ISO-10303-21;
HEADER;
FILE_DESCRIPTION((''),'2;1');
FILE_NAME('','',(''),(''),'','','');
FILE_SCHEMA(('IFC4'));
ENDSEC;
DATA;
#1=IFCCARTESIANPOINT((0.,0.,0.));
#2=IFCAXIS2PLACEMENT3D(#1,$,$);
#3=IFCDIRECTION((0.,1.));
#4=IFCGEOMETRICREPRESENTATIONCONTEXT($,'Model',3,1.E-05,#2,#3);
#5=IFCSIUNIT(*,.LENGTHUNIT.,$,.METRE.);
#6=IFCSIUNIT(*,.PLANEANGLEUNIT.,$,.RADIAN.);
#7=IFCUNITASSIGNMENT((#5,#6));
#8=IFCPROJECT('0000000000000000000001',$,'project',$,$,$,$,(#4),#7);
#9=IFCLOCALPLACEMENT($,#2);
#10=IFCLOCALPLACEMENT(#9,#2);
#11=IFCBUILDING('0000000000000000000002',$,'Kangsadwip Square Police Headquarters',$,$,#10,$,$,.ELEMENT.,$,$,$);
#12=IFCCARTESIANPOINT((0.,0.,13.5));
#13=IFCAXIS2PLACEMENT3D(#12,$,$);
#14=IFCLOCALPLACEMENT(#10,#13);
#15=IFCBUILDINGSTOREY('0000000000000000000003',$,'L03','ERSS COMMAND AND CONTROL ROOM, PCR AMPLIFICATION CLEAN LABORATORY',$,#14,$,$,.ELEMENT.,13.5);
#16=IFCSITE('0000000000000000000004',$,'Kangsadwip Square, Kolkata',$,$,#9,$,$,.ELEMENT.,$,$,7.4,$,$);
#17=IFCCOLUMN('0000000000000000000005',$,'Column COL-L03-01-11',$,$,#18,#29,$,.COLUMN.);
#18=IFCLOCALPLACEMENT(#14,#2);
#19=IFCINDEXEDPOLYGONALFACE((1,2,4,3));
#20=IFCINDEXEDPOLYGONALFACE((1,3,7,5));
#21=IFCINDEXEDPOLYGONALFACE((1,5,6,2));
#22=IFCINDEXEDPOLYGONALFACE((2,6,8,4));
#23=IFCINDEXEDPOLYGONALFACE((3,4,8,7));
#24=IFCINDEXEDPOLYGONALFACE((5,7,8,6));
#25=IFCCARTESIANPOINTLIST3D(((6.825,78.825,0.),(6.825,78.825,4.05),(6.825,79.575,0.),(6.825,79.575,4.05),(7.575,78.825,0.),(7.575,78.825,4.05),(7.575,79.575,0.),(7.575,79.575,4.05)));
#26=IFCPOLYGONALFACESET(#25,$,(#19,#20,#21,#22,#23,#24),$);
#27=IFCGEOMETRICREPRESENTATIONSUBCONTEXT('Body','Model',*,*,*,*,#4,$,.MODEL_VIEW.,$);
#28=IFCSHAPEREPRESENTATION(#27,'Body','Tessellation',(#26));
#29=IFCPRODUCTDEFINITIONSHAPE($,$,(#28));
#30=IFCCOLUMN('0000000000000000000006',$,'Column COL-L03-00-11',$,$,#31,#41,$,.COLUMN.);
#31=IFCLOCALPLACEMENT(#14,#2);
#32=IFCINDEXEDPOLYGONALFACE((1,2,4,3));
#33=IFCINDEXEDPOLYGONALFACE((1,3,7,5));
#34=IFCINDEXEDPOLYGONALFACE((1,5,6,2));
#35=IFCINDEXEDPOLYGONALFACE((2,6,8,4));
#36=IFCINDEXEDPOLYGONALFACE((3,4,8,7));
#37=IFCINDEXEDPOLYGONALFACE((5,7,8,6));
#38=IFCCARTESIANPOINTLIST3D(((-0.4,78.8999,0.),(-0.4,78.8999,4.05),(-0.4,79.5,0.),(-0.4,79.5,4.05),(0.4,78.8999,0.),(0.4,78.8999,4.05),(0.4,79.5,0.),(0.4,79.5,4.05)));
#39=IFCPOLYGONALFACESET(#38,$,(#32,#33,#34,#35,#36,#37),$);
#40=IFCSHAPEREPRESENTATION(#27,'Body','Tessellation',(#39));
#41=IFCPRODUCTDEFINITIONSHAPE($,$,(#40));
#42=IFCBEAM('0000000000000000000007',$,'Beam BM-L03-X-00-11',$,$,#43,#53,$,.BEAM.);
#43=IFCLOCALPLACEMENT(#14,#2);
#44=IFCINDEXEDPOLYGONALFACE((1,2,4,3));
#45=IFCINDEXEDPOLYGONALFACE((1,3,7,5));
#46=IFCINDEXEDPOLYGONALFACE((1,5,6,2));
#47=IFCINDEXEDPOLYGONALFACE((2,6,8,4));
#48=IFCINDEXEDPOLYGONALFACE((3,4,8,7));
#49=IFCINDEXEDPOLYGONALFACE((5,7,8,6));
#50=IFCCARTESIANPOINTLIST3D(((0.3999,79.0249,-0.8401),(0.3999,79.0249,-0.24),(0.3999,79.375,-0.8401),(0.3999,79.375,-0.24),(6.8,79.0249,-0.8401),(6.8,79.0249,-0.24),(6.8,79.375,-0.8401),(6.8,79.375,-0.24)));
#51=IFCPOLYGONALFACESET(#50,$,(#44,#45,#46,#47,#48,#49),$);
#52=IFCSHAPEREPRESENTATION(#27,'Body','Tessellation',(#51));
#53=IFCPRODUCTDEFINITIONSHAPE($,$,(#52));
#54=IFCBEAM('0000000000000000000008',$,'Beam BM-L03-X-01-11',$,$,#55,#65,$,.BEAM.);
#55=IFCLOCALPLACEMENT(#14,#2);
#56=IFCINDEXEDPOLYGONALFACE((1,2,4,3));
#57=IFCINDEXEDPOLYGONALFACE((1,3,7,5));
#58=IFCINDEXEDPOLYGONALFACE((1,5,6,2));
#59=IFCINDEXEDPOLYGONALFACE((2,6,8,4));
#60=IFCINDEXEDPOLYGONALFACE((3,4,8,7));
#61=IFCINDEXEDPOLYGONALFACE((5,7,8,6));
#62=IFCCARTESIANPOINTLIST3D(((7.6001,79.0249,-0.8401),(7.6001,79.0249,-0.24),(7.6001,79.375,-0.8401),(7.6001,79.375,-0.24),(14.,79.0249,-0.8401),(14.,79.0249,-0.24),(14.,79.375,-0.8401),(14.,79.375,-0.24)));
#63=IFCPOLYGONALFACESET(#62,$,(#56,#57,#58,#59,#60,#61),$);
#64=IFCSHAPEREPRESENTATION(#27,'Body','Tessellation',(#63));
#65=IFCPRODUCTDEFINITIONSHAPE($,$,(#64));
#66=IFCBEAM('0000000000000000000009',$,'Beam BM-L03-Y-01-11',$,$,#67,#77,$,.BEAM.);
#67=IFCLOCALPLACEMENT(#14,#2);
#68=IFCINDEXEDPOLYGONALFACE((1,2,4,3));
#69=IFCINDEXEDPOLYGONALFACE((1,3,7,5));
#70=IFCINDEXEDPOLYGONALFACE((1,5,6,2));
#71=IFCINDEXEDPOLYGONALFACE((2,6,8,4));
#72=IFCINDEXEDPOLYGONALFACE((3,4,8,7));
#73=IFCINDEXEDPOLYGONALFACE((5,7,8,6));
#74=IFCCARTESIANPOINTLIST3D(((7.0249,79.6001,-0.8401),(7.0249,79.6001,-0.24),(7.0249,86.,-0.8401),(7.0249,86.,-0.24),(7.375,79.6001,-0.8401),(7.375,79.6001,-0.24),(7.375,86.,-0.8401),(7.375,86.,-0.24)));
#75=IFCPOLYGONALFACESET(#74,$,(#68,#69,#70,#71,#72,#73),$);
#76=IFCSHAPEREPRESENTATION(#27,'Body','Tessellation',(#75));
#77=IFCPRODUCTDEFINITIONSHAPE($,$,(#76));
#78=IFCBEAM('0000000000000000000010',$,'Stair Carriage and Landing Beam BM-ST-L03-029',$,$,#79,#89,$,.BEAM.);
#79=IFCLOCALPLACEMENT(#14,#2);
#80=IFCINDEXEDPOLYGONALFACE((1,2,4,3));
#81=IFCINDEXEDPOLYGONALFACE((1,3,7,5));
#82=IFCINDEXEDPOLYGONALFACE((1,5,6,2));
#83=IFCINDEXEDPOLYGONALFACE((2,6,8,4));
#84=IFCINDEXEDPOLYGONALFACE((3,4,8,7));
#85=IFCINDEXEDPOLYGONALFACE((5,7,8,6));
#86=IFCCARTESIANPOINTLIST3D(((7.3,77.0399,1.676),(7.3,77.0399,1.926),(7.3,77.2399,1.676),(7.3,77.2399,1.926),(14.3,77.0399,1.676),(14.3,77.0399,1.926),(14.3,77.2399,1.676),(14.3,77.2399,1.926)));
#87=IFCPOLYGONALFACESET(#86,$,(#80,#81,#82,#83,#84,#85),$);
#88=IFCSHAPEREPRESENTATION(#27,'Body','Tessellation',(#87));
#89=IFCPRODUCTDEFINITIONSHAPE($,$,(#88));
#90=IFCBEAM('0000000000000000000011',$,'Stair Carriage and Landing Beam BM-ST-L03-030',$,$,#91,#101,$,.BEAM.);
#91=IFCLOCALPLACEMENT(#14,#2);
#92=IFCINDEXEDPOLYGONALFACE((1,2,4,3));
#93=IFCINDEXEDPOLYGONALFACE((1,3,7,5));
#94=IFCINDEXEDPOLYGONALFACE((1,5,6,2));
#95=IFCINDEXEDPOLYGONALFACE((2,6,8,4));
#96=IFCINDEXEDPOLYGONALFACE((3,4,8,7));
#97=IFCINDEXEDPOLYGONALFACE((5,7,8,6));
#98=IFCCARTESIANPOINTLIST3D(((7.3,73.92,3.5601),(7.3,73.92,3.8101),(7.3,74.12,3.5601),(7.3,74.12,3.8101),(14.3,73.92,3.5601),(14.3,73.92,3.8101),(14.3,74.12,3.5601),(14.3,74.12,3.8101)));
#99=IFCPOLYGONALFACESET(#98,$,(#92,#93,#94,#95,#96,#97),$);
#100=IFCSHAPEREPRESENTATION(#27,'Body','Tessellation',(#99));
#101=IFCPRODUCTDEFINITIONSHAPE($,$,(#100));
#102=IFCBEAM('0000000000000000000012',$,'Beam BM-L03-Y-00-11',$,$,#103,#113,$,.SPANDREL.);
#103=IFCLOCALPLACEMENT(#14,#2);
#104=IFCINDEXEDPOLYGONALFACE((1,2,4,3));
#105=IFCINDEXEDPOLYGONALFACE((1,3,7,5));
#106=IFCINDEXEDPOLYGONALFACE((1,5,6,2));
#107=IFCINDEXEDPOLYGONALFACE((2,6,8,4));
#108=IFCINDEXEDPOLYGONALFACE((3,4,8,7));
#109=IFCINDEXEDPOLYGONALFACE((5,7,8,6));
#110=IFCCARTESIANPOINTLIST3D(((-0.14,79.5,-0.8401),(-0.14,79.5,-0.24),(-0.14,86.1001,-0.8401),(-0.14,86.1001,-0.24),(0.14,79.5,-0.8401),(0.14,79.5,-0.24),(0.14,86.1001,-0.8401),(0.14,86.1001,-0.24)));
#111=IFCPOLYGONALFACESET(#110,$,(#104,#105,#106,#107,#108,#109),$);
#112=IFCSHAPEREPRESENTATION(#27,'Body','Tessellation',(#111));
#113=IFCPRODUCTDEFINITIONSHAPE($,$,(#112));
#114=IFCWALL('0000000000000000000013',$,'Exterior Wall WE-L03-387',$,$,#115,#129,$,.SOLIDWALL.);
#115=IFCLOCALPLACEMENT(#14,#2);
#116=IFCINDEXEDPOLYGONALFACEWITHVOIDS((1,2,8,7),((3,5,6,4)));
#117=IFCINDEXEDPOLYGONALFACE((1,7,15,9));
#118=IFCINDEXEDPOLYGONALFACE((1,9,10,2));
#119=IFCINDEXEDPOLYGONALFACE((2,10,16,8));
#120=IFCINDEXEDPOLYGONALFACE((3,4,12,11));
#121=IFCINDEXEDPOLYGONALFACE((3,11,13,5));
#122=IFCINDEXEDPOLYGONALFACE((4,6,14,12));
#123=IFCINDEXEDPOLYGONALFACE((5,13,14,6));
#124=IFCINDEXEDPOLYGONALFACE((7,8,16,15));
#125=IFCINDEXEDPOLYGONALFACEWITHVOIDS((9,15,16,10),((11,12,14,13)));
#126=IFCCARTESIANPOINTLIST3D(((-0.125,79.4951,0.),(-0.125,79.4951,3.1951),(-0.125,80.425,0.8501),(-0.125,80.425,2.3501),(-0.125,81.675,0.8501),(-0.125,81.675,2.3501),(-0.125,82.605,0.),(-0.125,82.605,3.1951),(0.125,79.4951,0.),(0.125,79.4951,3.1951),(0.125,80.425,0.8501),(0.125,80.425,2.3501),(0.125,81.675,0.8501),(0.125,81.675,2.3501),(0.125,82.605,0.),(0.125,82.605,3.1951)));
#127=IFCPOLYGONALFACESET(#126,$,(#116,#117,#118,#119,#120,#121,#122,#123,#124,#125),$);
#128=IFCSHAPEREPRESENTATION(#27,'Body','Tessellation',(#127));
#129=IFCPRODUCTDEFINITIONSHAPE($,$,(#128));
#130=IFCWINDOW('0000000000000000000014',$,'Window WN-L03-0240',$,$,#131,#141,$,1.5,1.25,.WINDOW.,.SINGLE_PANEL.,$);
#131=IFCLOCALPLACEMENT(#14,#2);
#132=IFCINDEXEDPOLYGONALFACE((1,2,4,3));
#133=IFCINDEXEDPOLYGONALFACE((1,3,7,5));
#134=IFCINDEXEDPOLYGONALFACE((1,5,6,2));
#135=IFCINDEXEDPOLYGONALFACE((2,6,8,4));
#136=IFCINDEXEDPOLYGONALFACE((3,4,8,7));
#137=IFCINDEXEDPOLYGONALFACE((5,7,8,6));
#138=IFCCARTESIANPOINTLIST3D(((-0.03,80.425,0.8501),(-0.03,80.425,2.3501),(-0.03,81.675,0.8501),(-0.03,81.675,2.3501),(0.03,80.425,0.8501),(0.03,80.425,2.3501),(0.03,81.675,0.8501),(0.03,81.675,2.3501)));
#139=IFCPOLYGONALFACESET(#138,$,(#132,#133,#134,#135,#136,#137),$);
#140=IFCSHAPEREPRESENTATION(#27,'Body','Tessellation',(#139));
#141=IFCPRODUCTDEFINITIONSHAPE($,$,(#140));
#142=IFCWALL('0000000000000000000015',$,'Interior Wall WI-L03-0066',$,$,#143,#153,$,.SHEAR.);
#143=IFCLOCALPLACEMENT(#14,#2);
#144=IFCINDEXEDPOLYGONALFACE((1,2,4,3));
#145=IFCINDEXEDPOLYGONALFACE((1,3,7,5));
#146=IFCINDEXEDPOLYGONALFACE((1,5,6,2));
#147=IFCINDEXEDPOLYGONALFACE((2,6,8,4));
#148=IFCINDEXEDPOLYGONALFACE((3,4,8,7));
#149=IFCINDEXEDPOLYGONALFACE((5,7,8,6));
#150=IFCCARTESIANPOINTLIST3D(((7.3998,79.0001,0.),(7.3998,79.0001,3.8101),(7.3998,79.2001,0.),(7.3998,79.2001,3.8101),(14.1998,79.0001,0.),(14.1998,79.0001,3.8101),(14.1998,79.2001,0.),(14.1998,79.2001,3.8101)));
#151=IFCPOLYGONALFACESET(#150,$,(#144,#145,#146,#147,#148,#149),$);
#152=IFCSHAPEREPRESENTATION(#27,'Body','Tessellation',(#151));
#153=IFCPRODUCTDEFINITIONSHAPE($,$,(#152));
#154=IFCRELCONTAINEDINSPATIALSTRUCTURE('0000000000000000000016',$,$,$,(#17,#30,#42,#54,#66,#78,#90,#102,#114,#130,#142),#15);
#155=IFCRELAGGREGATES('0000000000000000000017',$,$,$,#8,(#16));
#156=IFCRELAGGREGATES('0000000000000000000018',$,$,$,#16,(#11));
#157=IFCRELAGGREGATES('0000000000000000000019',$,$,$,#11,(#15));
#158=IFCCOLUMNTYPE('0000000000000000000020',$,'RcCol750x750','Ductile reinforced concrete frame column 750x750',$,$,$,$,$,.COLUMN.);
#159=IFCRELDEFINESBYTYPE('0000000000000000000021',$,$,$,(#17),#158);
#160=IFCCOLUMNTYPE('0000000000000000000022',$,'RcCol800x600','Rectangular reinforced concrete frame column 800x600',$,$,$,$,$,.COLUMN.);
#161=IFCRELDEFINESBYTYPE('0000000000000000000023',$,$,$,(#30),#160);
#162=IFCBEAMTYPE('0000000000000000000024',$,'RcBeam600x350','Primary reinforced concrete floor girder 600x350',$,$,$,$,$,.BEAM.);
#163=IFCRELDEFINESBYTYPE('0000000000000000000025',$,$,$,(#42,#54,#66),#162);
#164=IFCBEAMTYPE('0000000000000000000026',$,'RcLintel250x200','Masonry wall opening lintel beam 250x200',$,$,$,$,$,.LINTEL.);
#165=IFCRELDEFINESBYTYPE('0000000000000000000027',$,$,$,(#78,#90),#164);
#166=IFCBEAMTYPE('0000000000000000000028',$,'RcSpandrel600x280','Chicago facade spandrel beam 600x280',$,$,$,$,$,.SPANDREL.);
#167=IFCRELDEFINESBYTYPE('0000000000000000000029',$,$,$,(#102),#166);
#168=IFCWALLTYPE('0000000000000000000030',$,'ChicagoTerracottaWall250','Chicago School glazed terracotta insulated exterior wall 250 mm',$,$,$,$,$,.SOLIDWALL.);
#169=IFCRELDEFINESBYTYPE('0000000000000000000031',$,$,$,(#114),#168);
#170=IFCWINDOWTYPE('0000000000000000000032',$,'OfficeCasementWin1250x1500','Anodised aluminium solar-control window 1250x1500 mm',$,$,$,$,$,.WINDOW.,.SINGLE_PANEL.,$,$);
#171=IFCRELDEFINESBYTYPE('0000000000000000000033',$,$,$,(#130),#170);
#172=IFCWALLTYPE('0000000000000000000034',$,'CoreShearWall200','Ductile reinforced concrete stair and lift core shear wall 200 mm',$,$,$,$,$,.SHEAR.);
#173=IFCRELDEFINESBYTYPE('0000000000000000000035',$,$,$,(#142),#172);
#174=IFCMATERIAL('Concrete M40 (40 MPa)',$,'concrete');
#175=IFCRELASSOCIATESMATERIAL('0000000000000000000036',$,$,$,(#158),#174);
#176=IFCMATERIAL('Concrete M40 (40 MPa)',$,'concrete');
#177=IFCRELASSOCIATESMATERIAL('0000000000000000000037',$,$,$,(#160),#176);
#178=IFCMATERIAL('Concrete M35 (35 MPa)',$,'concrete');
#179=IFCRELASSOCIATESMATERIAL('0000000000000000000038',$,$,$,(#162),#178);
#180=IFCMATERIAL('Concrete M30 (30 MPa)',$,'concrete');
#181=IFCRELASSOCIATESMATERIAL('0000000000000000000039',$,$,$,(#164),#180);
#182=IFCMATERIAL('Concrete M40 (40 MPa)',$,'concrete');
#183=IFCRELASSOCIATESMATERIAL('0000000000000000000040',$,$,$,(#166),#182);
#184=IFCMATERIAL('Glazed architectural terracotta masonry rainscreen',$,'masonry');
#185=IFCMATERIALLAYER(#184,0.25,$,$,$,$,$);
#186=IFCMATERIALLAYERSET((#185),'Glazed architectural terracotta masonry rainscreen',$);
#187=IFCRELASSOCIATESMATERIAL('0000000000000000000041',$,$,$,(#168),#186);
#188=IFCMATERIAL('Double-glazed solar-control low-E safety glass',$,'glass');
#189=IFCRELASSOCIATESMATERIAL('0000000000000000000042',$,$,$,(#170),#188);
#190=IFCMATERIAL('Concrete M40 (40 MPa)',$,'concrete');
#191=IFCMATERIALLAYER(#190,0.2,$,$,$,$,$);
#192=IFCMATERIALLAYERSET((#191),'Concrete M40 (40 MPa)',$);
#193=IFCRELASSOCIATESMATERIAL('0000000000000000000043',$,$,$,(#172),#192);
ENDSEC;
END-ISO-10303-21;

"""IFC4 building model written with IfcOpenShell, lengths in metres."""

from ifc_helpers import new_model, si_unit, direction, frame, frame_2d, origin, origin_2d, place, context, subcontext, project, spatial, rectangle, extrude, material, layer, layer_set, material_profile, profile_set, type_object, element, fill, save


model = new_model("IFC4")

# Units and contexts
model_context = context("Model", 3, precision=1e-05, world=origin(), true_north=direction((0.0, 1.0)))
body_context = subcontext(model_context, "Body", "Model", "MODEL_VIEW")
ifc_project = project(units=[si_unit("LENGTHUNIT", "METRE"), si_unit("PLANEANGLEUNIT", "RADIAN")], contexts=[model_context])

# Site, building, storey
site_placement = place(None, origin())
site = spatial("IfcSite", under=ifc_project, at=site_placement, Name="Kangsadwip Square, Kolkata", CompositionType="ELEMENT", RefElevation=7.4)
building_placement = place(site_placement, origin())
building = spatial("IfcBuilding", under=site, at=building_placement, Name="Kangsadwip Square Police Headquarters", CompositionType="ELEMENT")
storey_placement = place(building_placement, frame((0.0, 0.0, 13.5)))
storey = spatial("IfcBuildingStorey", under=building, at=storey_placement, Name="L03", Description="ERSS COMMAND AND CONTROL ROOM, PCR AMPLIFICATION CLEAN LABORATORY", CompositionType="ELEMENT", Elevation=13.5)

# Columns
ifc_material_1 = material(Name="Concrete M40 (40 MPa)", Category="concrete")
ifc_material_profile_1 = material_profile(ifc_material_1, rectangle(XDim=0.75, YDim=0.75, at=origin_2d()), Name="RC COL 750X750")
ifc_profile_set_1 = profile_set([ifc_material_profile_1], Name="Concrete M40 (40 MPa)")
column_type_1 = type_object("IfcColumnType", Name="RcCol750x750", Description="Ductile reinforced concrete frame column 750x750", PredefinedType="COLUMN", material=ifc_profile_set_1)
column_1_placement = place(storey_placement, frame((7.2, 79.2, 0.0), z_axis=(0.0, 0.0, 1.0), x_axis=(1.0, 0.0, 0.0)))
element("IfcColumn", 1, at=column_1_placement, inside=storey, type_object=column_type_1, Name="Column COL-L03-01-11", PredefinedType="COLUMN", context=body_context, shape_type="SweptSolid", body=[
    extrude(rectangle(XDim=0.75, YDim=0.75, at=origin_2d()), origin(), (0.0, 0.0, 1.0), 4.05),
])
ifc_material_2 = material(Name="Concrete M40 (40 MPa)", Category="concrete")
ifc_material_profile_2 = material_profile(ifc_material_2, rectangle(XDim=0.6001, YDim=0.8, at=origin_2d()), Name="RC COL 800X600")
ifc_profile_set_2 = profile_set([ifc_material_profile_2], Name="Concrete M40 (40 MPa)")
column_type_2 = type_object("IfcColumnType", Name="RcCol800x600", Description="Rectangular reinforced concrete frame column 800x600", PredefinedType="COLUMN", material=ifc_profile_set_2)
column_2_placement = place(storey_placement, frame((0.0, 79.2, 0.0), z_axis=(0.0, 0.0, 1.0), x_axis=(0.0, 1.0, 0.0)))
element("IfcColumn", 2, at=column_2_placement, inside=storey, type_object=column_type_2, Name="Column COL-L03-00-11", PredefinedType="COLUMN", context=body_context, shape_type="SweptSolid", body=[
    extrude(rectangle(XDim=0.6001, YDim=0.8, at=origin_2d()), origin(), (0.0, 0.0, 1.0), 4.05),
])

# Beams
ifc_material_3 = material(Name="Concrete M35 (35 MPa)", Category="concrete")
ifc_material_profile_3 = material_profile(ifc_material_3, rectangle(XDim=0.3501, YDim=0.6001, at=origin_2d()), Name="RC BM 600X350")
ifc_profile_set_3 = profile_set([ifc_material_profile_3], Name="Concrete M35 (35 MPa)")
beam_type_1 = type_object("IfcBeamType", Name="RcBeam600x350", Description="Primary reinforced concrete floor girder 600x350", PredefinedType="BEAM", material=ifc_profile_set_3)
beam_1_placement = place(storey_placement, frame((0.3999, 79.2, -0.54), z_axis=(1.0, 0.0, 0.0), x_axis=(0.0, 1.0, 0.0)))
element("IfcBeam", 3, at=beam_1_placement, inside=storey, type_object=beam_type_1, Name="Beam BM-L03-X-00-11", PredefinedType="BEAM", context=body_context, shape_type="SweptSolid", body=[
    extrude(rectangle(XDim=0.3501, YDim=0.6001, at=origin_2d()), origin(), (0.0, 0.0, 1.0), 6.4001),
])
for number, where, z_axis, x_axis, name in (
    (4, (7.6001, 79.2, -0.54), (1.0, 0.0, 0.0), (0.0, 1.0, 0.0), "Beam BM-L03-X-01-11"),
    (5, (7.2, 79.6001, -0.54), (0.0, 1.0, 0.0), (-1.0, 0.0, 0.0), "Beam BM-L03-Y-01-11"),
):
    element("IfcBeam", number, at=place(storey_placement, frame(where, z_axis=z_axis, x_axis=x_axis)), inside=storey, type_object=beam_type_1, Name=name, PredefinedType="BEAM", context=body_context, shape_type="SweptSolid", body=[
        extrude(rectangle(XDim=0.3501, YDim=0.6001, at=origin_2d()), origin(), (0.0, 0.0, 1.0), 6.3999),
    ])
ifc_material_4 = material(Name="Concrete M30 (30 MPa)", Category="concrete")
ifc_material_profile_4 = material_profile(ifc_material_4, rectangle(XDim=0.2, YDim=0.25, at=origin_2d()), Name="RC LNT 250X200")
ifc_profile_set_4 = profile_set([ifc_material_profile_4], Name="Concrete M30 (30 MPa)")
beam_type_2 = type_object("IfcBeamType", Name="RcLintel250x200", Description="Masonry wall opening lintel beam 250x200", PredefinedType="LINTEL", material=ifc_profile_set_4)
for number, where, z_axis, x_axis, name in (
    (6, (7.3, 77.1399, 1.801), (1.0, 0.0, 0.0), (0.0, 1.0, 0.0), "Stair Carriage and Landing Beam BM-ST-L03-029"),
    (7, (7.3, 74.02, 3.6851), (1.0, 0.0, 0.0), (0.0, 1.0, 0.0), "Stair Carriage and Landing Beam BM-ST-L03-030"),
):
    element("IfcBeam", number, at=place(storey_placement, frame(where, z_axis=z_axis, x_axis=x_axis)), inside=storey, type_object=beam_type_2, Name=name, PredefinedType="BEAM", context=body_context, shape_type="SweptSolid", body=[
        extrude(rectangle(XDim=0.2, YDim=0.25, at=origin_2d()), origin(), (0.0, 0.0, 1.0), 7.0),
    ])
ifc_material_5 = material(Name="Concrete M40 (40 MPa)", Category="concrete")
ifc_material_profile_5 = material_profile(ifc_material_5, rectangle(XDim=0.28, YDim=0.6001, at=origin_2d()), Name="RC SPN 600X280")
ifc_profile_set_5 = profile_set([ifc_material_profile_5], Name="Concrete M40 (40 MPa)")
beam_type_3 = type_object("IfcBeamType", Name="RcSpandrel600x280", Description="Chicago facade spandrel beam 600x280", PredefinedType="SPANDREL", material=ifc_profile_set_5)
beam_2_placement = place(storey_placement, frame((0.0, 79.5, -0.54), z_axis=(0.0, 1.0, 0.0), x_axis=(-1.0, 0.0, 0.0)))
element("IfcBeam", 8, at=beam_2_placement, inside=storey, type_object=beam_type_3, Name="Beam BM-L03-Y-00-11", PredefinedType="SPANDREL", context=body_context, shape_type="SweptSolid", body=[
    extrude(rectangle(XDim=0.28, YDim=0.6001, at=origin_2d()), origin(), (0.0, 0.0, 1.0), 6.6001),
])

# Wall, opening, window
ifc_material_6 = material(Name="Glazed architectural terracotta masonry rainscreen", Category="masonry")
ifc_layer_1 = layer(ifc_material_6, 0.25)
ifc_layer_set_1 = layer_set([ifc_layer_1], Name="Glazed architectural terracotta masonry rainscreen")
wall_type_1 = type_object("IfcWallType", Name="ChicagoTerracottaWall250", Description="Chicago School glazed terracotta insulated exterior wall 250 mm", PredefinedType="SOLIDWALL", material=ifc_layer_set_1)
wall_1_placement = place(storey_placement, frame((0.0, 79.4951, 0.0), z_axis=(0.0, 0.0, 1.0), x_axis=(0.0, 1.0, 0.0)))
wall_1 = element("IfcWall", 9, at=wall_1_placement, inside=storey, type_object=wall_type_1, Name="Exterior Wall WE-L03-387", PredefinedType="SOLIDWALL", context=body_context, shape_type="SweptSolid", body=[
    extrude(rectangle(XDim=3.1099, YDim=0.25, at=frame_2d((1.5549, 0.0))), origin(), (0.0, 0.0, 1.0), 3.1951),
])
opening_placement = place(wall_1_placement, frame((0.9299, 0.0, 0.8501)))
opening = element("IfcOpeningElement", 10, at=opening_placement, cuts=wall_1, PredefinedType="OPENING", context=body_context, shape_type="SweptSolid", body=[
    extrude(rectangle(XDim=1.25, YDim=1.5, at=frame_2d((0.625, 0.75))), frame((0.0, 0.135, 0.0), z_axis=(0.0, -1.0, 0.0), x_axis=(1.0, 0.0, 0.0)), (0.0, 0.0, 1.0), 0.27),
])
ifc_material_7 = material(Name="Double-glazed solar-control low-E safety glass", Category="glass")
window_type = type_object("IfcWindowType", Name="OfficeCasementWin1250x1500", Description="Anodised aluminium solar-control window 1250x1500 mm", PartitioningType="SINGLE_PANEL", PredefinedType="WINDOW", material=ifc_material_7)
window_placement = place(opening_placement, origin())
window = element("IfcWindow", 11, at=window_placement, inside=storey, type_object=window_type, Name="Window WN-L03-0240", OverallHeight=1.5, OverallWidth=1.25, PartitioningType="SINGLE_PANEL", PredefinedType="WINDOW", context=body_context, shape_type="SweptSolid", body=[
    extrude(rectangle(XDim=1.25, YDim=1.5, at=frame_2d((0.625, 0.75))), frame((0.0, 0.03, 0.0), z_axis=(0.0, -1.0, 0.0), x_axis=(1.0, 0.0, 0.0)), (0.0, 0.0, 1.0), 0.0601),
])
fill(opening, window)

# Wall
ifc_material_8 = material(Name="Concrete M40 (40 MPa)", Category="concrete")
ifc_layer_2 = layer(ifc_material_8, 0.2)
ifc_layer_set_2 = layer_set([ifc_layer_2], Name="Concrete M40 (40 MPa)")
wall_type_2 = type_object("IfcWallType", Name="CoreShearWall200", Description="Ductile reinforced concrete stair and lift core shear wall 200 mm", PredefinedType="SHEAR", material=ifc_layer_set_2)
wall_2_placement = place(storey_placement, frame((7.3999, 79.1001, 0.0), z_axis=(0.0, 0.0, 1.0), x_axis=(1.0, 0.0, 0.0)))
element("IfcWall", 12, at=wall_2_placement, inside=storey, type_object=wall_type_2, Name="Interior Wall WI-L03-0066", PredefinedType="SHEAR", context=body_context, shape_type="SweptSolid", body=[
    extrude(rectangle(XDim=6.8, YDim=0.2, at=frame_2d((3.3999, 0.0))), origin(), (0.0, 0.0, 1.0), 3.8101),
])

save(model, "model.ifc")
